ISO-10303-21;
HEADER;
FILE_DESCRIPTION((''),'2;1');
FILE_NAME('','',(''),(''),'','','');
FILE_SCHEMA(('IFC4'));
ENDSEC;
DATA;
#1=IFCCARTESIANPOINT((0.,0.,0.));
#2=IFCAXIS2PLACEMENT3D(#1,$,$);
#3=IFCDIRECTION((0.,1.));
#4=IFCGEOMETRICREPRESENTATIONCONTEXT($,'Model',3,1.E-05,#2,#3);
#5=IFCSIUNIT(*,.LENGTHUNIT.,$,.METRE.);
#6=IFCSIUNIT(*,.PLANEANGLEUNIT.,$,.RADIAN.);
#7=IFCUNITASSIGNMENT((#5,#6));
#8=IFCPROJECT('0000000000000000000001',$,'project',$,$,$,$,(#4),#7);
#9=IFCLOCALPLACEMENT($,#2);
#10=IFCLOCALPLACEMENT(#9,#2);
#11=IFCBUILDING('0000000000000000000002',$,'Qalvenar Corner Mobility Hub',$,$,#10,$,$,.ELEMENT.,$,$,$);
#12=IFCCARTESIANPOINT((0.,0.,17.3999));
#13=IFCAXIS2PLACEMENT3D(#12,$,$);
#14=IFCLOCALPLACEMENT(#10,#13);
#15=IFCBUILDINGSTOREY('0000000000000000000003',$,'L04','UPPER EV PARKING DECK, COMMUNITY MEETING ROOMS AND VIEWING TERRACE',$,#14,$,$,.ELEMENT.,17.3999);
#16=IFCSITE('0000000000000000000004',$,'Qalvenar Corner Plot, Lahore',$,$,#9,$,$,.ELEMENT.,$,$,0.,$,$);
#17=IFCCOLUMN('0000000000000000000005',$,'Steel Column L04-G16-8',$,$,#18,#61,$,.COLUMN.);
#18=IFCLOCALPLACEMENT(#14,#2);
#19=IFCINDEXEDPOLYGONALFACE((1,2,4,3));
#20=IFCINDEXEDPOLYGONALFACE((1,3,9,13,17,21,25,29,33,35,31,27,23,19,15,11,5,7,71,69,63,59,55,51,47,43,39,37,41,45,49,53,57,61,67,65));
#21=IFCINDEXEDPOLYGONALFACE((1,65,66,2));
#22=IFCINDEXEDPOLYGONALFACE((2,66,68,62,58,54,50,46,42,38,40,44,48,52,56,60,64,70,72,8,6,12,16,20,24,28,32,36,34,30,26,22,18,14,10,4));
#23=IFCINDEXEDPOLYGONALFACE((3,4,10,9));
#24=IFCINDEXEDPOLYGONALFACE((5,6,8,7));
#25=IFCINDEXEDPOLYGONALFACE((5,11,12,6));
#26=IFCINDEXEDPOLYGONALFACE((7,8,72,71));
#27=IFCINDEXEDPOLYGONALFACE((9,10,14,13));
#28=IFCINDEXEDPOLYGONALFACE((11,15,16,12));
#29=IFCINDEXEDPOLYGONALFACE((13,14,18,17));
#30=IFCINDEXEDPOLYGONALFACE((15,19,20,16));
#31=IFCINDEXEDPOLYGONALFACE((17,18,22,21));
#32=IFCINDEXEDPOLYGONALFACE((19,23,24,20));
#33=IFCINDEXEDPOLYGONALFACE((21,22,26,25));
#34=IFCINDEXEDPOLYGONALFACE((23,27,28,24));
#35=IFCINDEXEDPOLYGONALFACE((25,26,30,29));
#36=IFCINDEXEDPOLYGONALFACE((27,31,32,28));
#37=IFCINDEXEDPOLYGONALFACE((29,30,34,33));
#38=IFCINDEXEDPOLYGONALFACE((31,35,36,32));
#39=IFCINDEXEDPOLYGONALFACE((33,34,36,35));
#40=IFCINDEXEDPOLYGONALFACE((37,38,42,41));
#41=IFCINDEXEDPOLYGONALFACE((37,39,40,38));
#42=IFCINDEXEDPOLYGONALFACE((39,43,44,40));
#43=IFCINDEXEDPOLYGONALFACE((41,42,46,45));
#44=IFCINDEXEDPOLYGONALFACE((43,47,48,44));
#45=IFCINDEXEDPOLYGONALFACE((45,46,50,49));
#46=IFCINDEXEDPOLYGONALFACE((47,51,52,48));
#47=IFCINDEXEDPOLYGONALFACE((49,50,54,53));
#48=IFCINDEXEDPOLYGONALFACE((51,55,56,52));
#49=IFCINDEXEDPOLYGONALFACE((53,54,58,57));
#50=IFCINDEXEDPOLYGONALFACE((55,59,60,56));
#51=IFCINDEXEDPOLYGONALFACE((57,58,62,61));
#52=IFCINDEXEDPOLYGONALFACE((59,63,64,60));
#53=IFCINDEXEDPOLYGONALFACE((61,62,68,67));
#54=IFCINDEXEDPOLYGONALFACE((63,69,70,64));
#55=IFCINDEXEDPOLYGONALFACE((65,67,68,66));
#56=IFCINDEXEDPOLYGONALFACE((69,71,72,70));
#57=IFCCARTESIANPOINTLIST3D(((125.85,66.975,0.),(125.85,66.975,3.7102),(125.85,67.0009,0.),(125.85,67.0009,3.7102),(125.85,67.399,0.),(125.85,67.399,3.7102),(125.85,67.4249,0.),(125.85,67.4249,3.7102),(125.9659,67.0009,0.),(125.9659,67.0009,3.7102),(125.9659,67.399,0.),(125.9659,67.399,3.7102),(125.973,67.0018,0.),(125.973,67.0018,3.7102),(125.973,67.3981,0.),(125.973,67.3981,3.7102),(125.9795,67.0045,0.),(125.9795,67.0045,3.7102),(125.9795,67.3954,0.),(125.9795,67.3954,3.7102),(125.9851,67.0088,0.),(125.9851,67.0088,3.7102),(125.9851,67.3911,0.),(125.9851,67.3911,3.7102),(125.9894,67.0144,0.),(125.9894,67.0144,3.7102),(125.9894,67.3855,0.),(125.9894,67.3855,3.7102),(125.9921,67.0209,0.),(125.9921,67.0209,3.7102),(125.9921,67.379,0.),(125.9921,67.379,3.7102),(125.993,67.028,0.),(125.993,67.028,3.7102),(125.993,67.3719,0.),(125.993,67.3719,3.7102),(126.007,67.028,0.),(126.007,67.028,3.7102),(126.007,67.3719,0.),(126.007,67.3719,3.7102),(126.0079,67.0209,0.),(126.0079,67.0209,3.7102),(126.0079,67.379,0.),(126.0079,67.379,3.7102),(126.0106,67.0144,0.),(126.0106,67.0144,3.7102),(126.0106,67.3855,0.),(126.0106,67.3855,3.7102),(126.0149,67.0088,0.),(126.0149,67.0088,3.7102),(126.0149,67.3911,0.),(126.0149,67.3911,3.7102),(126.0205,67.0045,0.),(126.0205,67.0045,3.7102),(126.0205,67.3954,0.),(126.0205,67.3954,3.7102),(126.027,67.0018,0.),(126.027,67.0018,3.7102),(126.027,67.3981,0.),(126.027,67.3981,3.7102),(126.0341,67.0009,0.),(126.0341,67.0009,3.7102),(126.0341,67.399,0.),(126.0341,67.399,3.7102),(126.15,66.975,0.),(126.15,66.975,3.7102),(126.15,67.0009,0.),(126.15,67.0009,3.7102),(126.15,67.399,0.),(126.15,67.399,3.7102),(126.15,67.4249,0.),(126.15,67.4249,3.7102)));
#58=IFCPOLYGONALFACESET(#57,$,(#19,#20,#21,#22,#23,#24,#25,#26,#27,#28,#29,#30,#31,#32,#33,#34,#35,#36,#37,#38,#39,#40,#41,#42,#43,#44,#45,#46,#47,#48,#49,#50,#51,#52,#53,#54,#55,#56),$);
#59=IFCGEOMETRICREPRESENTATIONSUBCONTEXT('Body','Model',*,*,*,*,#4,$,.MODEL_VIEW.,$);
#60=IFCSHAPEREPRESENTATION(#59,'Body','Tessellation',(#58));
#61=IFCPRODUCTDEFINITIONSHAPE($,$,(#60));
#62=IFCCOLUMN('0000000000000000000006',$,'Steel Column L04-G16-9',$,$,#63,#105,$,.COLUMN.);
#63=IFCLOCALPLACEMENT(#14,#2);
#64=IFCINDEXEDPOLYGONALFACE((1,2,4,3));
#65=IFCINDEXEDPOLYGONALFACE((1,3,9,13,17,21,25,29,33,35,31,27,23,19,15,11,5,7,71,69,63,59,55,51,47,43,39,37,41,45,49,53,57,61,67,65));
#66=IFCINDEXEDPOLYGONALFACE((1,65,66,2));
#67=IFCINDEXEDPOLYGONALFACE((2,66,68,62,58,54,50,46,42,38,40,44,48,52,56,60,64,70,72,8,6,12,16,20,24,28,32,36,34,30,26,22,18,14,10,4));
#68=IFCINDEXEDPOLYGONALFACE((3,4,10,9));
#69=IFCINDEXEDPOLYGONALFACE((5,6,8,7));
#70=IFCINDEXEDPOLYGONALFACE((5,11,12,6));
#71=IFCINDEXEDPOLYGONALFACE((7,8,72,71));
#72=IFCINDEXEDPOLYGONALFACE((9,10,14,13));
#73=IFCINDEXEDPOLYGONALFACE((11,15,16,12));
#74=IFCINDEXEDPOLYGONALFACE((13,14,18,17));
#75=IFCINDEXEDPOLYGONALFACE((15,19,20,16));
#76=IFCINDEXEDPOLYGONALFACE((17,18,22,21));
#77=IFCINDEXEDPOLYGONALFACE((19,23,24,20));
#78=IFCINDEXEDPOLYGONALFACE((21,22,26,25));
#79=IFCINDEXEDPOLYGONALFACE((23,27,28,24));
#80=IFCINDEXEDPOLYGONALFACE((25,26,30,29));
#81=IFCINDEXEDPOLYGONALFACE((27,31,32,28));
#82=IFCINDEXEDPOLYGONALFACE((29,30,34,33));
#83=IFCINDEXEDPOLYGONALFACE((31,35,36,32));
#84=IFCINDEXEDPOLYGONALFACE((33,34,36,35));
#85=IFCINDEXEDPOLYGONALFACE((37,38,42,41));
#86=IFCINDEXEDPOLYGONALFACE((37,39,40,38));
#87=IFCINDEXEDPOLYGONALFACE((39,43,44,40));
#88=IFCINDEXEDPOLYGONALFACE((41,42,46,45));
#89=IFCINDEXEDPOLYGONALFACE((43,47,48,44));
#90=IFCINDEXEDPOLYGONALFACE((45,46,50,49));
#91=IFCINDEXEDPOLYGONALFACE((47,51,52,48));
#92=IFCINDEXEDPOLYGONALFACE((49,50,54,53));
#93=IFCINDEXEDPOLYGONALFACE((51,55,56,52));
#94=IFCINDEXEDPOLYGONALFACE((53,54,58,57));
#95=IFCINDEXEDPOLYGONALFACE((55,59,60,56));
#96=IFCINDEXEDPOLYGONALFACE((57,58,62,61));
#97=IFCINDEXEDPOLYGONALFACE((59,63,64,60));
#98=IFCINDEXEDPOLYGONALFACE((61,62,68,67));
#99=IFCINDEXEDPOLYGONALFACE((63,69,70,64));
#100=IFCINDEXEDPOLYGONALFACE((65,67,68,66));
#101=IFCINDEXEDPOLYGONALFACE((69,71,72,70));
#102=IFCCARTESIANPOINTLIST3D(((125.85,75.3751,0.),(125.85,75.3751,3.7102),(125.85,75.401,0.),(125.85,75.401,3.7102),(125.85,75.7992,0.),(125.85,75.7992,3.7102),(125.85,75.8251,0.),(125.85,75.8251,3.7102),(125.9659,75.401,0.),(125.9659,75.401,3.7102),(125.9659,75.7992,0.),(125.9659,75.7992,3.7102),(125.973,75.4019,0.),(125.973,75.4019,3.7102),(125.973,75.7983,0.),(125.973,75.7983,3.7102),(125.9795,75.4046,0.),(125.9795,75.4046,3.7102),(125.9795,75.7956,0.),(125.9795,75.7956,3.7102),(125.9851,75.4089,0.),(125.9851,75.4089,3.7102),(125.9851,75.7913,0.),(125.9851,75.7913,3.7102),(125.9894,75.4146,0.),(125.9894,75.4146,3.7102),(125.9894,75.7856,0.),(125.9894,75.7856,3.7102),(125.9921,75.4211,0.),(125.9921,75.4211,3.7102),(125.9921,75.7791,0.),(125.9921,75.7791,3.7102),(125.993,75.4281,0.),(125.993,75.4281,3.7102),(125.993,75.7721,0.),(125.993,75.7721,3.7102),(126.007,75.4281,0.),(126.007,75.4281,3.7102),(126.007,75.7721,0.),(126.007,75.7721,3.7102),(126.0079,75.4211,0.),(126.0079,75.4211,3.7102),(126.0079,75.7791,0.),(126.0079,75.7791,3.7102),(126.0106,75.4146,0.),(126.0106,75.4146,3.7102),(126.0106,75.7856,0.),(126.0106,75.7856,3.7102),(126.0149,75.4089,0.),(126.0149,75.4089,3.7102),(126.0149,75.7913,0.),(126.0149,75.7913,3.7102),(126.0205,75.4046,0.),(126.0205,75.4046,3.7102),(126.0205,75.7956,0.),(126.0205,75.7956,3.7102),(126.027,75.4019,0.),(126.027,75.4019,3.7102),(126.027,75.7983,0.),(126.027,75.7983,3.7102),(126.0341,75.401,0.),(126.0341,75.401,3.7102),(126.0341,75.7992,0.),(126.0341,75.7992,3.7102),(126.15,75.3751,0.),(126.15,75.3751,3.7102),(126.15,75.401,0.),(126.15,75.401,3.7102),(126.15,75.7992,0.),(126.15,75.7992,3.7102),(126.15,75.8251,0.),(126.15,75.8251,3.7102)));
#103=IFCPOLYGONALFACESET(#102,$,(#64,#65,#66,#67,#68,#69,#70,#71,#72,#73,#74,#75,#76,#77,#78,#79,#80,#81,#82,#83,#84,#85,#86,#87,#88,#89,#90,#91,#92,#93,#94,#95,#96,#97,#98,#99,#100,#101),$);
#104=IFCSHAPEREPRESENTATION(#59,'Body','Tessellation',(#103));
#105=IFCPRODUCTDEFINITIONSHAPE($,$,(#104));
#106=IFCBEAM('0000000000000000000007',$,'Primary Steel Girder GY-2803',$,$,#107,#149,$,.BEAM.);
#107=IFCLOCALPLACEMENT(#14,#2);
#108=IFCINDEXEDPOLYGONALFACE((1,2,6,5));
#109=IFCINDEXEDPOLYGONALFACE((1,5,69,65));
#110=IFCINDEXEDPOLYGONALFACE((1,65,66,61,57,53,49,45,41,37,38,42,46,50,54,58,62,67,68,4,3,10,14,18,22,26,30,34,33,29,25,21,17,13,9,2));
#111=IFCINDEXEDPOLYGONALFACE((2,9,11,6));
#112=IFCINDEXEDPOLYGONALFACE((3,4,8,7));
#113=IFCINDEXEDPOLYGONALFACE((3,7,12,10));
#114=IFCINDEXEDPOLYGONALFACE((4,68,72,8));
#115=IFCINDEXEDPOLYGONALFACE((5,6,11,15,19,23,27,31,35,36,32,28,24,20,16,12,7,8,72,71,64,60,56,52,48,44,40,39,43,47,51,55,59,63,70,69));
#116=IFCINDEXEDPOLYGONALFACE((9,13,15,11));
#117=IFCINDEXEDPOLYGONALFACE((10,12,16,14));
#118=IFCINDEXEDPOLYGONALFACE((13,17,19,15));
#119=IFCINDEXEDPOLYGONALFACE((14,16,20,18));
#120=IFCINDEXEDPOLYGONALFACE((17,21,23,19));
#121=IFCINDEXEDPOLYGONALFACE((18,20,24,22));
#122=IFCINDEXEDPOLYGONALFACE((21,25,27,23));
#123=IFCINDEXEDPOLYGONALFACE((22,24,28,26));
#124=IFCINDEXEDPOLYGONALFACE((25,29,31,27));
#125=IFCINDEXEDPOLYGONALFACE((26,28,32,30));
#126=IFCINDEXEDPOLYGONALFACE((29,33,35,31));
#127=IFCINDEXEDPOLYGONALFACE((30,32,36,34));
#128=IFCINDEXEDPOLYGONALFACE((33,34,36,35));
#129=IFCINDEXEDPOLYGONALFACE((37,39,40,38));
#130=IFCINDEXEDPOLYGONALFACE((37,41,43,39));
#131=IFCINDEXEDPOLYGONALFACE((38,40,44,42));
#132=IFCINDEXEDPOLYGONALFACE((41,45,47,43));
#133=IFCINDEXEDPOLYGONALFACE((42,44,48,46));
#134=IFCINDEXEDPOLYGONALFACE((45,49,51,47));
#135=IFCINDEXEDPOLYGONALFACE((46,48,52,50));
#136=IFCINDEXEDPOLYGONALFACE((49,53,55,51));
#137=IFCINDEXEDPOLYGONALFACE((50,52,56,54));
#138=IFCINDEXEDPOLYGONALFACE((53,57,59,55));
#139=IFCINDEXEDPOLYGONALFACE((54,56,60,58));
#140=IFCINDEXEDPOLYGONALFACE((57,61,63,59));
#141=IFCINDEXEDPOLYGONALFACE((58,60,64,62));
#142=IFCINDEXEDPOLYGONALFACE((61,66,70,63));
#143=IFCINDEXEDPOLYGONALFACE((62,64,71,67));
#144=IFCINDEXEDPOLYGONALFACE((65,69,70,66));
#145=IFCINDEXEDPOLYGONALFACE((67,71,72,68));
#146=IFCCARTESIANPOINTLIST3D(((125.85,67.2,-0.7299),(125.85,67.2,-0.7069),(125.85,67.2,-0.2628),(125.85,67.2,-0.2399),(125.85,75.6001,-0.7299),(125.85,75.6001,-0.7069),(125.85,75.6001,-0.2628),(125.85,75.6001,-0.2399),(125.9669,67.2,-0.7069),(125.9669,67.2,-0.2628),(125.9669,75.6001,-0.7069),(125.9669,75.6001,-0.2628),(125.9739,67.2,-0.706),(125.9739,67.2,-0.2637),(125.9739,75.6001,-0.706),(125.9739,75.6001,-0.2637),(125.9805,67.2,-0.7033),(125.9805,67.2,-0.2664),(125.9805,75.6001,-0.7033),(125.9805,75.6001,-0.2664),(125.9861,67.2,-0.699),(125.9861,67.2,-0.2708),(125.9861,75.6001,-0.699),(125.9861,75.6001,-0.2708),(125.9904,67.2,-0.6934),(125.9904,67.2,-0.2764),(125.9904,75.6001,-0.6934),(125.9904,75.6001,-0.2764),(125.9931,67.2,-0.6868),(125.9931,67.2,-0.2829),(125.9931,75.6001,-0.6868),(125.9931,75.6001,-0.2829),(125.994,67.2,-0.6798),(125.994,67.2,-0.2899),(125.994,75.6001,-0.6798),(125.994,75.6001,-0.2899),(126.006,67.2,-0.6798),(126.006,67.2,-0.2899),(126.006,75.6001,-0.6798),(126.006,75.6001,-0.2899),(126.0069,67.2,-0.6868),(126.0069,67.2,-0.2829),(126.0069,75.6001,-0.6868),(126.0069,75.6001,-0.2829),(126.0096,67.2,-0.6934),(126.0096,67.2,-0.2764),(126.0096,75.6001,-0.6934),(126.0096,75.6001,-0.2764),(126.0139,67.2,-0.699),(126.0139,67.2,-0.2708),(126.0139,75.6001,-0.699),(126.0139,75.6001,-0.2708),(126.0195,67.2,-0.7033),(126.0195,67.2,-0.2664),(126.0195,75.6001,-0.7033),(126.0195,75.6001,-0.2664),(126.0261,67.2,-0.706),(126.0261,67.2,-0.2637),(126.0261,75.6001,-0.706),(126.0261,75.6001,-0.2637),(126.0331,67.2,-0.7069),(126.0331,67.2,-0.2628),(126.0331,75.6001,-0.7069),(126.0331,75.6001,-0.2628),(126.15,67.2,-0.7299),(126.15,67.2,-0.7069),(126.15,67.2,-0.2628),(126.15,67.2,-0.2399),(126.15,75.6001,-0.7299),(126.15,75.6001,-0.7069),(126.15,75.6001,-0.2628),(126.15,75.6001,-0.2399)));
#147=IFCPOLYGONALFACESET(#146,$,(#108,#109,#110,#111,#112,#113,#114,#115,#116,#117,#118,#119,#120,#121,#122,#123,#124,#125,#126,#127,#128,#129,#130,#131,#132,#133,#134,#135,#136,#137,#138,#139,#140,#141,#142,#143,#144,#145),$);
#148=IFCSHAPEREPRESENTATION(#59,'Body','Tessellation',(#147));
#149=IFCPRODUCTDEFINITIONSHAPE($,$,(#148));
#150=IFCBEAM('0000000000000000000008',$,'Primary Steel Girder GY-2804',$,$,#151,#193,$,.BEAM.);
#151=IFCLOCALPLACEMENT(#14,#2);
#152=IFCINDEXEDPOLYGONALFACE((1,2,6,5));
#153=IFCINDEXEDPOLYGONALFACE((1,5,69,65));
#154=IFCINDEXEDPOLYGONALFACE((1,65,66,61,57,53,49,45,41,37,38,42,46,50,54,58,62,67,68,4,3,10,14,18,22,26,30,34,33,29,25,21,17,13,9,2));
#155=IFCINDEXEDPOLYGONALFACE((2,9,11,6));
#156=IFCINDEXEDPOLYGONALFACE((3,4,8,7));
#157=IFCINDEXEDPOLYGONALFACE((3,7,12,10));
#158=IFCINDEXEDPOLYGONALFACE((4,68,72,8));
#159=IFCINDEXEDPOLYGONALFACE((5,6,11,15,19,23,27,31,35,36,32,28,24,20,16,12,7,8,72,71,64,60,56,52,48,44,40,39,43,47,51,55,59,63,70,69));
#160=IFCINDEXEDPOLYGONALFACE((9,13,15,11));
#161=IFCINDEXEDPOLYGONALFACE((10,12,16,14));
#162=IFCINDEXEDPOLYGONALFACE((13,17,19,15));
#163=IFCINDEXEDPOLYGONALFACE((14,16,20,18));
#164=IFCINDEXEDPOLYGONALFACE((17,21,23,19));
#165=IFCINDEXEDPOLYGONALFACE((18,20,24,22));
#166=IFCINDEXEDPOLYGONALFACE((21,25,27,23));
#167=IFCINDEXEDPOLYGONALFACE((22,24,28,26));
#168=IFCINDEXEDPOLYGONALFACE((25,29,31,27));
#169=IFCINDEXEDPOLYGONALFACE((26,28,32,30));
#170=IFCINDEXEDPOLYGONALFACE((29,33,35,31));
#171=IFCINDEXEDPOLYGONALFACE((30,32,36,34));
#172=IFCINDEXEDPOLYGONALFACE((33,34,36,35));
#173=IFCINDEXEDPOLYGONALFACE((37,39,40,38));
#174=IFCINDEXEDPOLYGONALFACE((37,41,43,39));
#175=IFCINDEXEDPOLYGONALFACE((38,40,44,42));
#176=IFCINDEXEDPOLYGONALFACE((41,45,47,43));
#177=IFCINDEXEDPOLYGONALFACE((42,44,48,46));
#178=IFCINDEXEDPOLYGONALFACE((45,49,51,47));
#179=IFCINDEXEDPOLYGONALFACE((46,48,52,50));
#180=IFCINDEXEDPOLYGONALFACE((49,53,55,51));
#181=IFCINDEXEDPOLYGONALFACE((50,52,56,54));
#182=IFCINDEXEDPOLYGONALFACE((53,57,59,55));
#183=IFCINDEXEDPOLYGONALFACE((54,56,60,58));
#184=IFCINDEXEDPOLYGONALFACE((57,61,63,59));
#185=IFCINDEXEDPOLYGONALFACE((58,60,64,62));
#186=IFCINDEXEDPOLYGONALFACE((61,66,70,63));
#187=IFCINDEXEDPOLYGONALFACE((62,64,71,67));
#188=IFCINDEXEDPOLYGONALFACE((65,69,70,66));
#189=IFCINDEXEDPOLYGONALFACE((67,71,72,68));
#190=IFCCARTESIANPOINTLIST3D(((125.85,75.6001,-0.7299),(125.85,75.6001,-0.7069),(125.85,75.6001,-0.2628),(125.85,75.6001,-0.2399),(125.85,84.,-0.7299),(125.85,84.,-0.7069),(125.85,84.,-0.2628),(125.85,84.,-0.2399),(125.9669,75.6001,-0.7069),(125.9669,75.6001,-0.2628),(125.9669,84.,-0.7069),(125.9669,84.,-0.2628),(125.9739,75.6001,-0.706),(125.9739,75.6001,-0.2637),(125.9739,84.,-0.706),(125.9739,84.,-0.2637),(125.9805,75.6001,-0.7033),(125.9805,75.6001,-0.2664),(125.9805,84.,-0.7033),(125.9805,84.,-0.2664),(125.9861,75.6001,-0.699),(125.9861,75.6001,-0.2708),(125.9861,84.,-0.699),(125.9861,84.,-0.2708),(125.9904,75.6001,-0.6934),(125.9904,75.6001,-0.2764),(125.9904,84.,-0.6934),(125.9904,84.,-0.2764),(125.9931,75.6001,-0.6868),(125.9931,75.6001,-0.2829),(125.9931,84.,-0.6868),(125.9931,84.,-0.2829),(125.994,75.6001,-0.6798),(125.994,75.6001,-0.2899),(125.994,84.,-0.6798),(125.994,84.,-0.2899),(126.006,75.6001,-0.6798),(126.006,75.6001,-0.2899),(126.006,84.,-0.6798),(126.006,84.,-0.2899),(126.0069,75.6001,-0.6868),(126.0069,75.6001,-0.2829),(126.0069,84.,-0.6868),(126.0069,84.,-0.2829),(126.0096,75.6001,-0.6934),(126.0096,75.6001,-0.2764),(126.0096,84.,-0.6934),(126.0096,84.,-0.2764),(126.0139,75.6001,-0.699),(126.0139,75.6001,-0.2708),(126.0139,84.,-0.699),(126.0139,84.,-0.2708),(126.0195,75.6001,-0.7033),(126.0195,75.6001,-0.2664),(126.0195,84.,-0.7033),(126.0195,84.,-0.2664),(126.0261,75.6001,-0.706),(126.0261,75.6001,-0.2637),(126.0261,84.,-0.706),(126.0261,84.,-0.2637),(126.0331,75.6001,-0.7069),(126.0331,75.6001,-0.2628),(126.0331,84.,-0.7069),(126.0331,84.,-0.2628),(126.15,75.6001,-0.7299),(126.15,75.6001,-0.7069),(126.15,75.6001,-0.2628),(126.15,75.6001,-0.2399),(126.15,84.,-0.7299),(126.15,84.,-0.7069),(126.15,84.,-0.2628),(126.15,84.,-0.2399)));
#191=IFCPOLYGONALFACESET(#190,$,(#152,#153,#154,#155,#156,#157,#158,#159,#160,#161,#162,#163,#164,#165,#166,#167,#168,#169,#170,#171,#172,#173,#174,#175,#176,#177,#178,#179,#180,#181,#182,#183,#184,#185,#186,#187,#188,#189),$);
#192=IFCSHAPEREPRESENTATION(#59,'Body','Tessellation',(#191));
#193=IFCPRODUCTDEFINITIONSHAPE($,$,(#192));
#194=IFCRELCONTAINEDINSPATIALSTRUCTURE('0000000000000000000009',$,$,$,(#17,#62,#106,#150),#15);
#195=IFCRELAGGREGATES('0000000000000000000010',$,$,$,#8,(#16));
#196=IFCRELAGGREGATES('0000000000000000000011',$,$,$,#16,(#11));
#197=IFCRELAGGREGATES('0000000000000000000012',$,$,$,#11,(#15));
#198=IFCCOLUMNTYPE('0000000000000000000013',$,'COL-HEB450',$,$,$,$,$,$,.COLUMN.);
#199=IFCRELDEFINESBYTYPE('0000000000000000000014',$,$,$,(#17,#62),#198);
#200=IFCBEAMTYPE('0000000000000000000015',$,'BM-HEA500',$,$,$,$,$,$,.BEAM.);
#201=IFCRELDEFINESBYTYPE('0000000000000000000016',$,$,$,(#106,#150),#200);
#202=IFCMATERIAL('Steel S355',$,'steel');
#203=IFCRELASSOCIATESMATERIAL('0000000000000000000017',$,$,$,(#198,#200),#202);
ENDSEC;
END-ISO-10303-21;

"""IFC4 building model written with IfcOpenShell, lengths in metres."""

from ifc_helpers import new_model, si_unit, direction, frame, origin, origin_2d, place, context, subcontext, project, spatial, i_section, extrude, material, material_profile, profile_set, type_object, element, save


model = new_model("IFC4")

# Units and contexts
model_context = context("Model", 3, precision=1e-05, world=origin(), true_north=direction((0.0, 1.0)))
body_context = subcontext(model_context, "Body", "Model", "MODEL_VIEW")
ifc_project = project(units=[si_unit("LENGTHUNIT", "METRE"), si_unit("PLANEANGLEUNIT", "RADIAN")], contexts=[model_context])

# Site, building, storey
site_placement = place(None, origin())
site = spatial("IfcSite", under=ifc_project, at=site_placement, Name="Qalvenar Corner Plot, Lahore", CompositionType="ELEMENT", RefElevation=0.0)
building_placement = place(site_placement, origin())
building = spatial("IfcBuilding", under=site, at=building_placement, Name="Qalvenar Corner Mobility Hub", CompositionType="ELEMENT")
storey_placement = place(building_placement, frame((0.0, 0.0, 17.3999)))
storey = spatial("IfcBuildingStorey", under=building, at=storey_placement, Name="L04", Description="UPPER EV PARKING DECK, COMMUNITY MEETING ROOMS AND VIEWING TERRACE", CompositionType="ELEMENT", Elevation=17.3999)

# Columns
ifc_material = material(Name="Steel S355", Category="steel")
ifc_material_profile_1 = material_profile(ifc_material, i_section(OverallWidth=0.3, OverallDepth=0.45, WebThickness=0.0139, FlangeThickness=0.0259, FilletRadius=0.0271, at=origin_2d()), Name="HEB450")
ifc_profile_set_1 = profile_set([ifc_material_profile_1], Name="Steel S355")
column_type = type_object("IfcColumnType", Name="COL-HEB450", PredefinedType="COLUMN", material=ifc_profile_set_1)
for number, where, z_axis, x_axis, name in (
    (1, (126.0, 67.2, 0.0), (0.0, 0.0, 1.0), (1.0, 0.0, 0.0), "Steel Column L04-G16-8"),
    (2, (126.0, 75.6001, 0.0), (0.0, 0.0, 1.0), (1.0, 0.0, 0.0), "Steel Column L04-G16-9"),
):
    element("IfcColumn", number, at=place(storey_placement, frame(where, z_axis=z_axis, x_axis=x_axis)), inside=storey, type_object=column_type, Name=name, PredefinedType="COLUMN", context=body_context, shape_type="SweptSolid", body=[
        extrude(i_section(OverallWidth=0.3, OverallDepth=0.45, WebThickness=0.0139, FlangeThickness=0.0259, FilletRadius=0.0271, at=origin_2d()), origin(), (0.0, 0.0, 1.0), 3.7102),
    ])

# Beams
ifc_material_profile_2 = material_profile(ifc_material, i_section(OverallWidth=0.3, OverallDepth=0.49, WebThickness=0.012, FlangeThickness=0.0229, FilletRadius=0.0271, at=origin_2d()), Name="HEA500")
ifc_profile_set_2 = profile_set([ifc_material_profile_2], Name="Steel S355")
beam_type_1 = type_object("IfcBeamType", Name="BM-HEA500", PredefinedType="BEAM", material=ifc_profile_set_2)
beam_1_placement = place(storey_placement, frame((126.0, 67.2, -0.4849), z_axis=(0.0, 1.0, 0.0), x_axis=(-1.0, 0.0, 0.0)))
element("IfcBeam", 3, at=beam_1_placement, inside=storey, type_object=beam_type_1, Name="Primary Steel Girder GY-2803", PredefinedType="BEAM", context=body_context, shape_type="SweptSolid", body=[
    extrude(i_section(OverallWidth=0.3, OverallDepth=0.49, WebThickness=0.012, FlangeThickness=0.0229, FilletRadius=0.0271, at=origin_2d()), origin(), (0.0, 0.0, 1.0), 8.4001),
])
beam_2_placement = place(storey_placement, frame((126.0, 75.6001, -0.4849), z_axis=(0.0, 1.0, 0.0), x_axis=(-1.0, 0.0, 0.0)))
element("IfcBeam", 4, at=beam_2_placement, inside=storey, type_object=beam_type_1, Name="Primary Steel Girder GY-2804", PredefinedType="BEAM", context=body_context, shape_type="SweptSolid", body=[
    extrude(i_section(OverallWidth=0.3, OverallDepth=0.49, WebThickness=0.012, FlangeThickness=0.0229, FilletRadius=0.0271, at=origin_2d()), origin(), (0.0, 0.0, 1.0), 8.3999),
])

save(model, "model.ifc")
